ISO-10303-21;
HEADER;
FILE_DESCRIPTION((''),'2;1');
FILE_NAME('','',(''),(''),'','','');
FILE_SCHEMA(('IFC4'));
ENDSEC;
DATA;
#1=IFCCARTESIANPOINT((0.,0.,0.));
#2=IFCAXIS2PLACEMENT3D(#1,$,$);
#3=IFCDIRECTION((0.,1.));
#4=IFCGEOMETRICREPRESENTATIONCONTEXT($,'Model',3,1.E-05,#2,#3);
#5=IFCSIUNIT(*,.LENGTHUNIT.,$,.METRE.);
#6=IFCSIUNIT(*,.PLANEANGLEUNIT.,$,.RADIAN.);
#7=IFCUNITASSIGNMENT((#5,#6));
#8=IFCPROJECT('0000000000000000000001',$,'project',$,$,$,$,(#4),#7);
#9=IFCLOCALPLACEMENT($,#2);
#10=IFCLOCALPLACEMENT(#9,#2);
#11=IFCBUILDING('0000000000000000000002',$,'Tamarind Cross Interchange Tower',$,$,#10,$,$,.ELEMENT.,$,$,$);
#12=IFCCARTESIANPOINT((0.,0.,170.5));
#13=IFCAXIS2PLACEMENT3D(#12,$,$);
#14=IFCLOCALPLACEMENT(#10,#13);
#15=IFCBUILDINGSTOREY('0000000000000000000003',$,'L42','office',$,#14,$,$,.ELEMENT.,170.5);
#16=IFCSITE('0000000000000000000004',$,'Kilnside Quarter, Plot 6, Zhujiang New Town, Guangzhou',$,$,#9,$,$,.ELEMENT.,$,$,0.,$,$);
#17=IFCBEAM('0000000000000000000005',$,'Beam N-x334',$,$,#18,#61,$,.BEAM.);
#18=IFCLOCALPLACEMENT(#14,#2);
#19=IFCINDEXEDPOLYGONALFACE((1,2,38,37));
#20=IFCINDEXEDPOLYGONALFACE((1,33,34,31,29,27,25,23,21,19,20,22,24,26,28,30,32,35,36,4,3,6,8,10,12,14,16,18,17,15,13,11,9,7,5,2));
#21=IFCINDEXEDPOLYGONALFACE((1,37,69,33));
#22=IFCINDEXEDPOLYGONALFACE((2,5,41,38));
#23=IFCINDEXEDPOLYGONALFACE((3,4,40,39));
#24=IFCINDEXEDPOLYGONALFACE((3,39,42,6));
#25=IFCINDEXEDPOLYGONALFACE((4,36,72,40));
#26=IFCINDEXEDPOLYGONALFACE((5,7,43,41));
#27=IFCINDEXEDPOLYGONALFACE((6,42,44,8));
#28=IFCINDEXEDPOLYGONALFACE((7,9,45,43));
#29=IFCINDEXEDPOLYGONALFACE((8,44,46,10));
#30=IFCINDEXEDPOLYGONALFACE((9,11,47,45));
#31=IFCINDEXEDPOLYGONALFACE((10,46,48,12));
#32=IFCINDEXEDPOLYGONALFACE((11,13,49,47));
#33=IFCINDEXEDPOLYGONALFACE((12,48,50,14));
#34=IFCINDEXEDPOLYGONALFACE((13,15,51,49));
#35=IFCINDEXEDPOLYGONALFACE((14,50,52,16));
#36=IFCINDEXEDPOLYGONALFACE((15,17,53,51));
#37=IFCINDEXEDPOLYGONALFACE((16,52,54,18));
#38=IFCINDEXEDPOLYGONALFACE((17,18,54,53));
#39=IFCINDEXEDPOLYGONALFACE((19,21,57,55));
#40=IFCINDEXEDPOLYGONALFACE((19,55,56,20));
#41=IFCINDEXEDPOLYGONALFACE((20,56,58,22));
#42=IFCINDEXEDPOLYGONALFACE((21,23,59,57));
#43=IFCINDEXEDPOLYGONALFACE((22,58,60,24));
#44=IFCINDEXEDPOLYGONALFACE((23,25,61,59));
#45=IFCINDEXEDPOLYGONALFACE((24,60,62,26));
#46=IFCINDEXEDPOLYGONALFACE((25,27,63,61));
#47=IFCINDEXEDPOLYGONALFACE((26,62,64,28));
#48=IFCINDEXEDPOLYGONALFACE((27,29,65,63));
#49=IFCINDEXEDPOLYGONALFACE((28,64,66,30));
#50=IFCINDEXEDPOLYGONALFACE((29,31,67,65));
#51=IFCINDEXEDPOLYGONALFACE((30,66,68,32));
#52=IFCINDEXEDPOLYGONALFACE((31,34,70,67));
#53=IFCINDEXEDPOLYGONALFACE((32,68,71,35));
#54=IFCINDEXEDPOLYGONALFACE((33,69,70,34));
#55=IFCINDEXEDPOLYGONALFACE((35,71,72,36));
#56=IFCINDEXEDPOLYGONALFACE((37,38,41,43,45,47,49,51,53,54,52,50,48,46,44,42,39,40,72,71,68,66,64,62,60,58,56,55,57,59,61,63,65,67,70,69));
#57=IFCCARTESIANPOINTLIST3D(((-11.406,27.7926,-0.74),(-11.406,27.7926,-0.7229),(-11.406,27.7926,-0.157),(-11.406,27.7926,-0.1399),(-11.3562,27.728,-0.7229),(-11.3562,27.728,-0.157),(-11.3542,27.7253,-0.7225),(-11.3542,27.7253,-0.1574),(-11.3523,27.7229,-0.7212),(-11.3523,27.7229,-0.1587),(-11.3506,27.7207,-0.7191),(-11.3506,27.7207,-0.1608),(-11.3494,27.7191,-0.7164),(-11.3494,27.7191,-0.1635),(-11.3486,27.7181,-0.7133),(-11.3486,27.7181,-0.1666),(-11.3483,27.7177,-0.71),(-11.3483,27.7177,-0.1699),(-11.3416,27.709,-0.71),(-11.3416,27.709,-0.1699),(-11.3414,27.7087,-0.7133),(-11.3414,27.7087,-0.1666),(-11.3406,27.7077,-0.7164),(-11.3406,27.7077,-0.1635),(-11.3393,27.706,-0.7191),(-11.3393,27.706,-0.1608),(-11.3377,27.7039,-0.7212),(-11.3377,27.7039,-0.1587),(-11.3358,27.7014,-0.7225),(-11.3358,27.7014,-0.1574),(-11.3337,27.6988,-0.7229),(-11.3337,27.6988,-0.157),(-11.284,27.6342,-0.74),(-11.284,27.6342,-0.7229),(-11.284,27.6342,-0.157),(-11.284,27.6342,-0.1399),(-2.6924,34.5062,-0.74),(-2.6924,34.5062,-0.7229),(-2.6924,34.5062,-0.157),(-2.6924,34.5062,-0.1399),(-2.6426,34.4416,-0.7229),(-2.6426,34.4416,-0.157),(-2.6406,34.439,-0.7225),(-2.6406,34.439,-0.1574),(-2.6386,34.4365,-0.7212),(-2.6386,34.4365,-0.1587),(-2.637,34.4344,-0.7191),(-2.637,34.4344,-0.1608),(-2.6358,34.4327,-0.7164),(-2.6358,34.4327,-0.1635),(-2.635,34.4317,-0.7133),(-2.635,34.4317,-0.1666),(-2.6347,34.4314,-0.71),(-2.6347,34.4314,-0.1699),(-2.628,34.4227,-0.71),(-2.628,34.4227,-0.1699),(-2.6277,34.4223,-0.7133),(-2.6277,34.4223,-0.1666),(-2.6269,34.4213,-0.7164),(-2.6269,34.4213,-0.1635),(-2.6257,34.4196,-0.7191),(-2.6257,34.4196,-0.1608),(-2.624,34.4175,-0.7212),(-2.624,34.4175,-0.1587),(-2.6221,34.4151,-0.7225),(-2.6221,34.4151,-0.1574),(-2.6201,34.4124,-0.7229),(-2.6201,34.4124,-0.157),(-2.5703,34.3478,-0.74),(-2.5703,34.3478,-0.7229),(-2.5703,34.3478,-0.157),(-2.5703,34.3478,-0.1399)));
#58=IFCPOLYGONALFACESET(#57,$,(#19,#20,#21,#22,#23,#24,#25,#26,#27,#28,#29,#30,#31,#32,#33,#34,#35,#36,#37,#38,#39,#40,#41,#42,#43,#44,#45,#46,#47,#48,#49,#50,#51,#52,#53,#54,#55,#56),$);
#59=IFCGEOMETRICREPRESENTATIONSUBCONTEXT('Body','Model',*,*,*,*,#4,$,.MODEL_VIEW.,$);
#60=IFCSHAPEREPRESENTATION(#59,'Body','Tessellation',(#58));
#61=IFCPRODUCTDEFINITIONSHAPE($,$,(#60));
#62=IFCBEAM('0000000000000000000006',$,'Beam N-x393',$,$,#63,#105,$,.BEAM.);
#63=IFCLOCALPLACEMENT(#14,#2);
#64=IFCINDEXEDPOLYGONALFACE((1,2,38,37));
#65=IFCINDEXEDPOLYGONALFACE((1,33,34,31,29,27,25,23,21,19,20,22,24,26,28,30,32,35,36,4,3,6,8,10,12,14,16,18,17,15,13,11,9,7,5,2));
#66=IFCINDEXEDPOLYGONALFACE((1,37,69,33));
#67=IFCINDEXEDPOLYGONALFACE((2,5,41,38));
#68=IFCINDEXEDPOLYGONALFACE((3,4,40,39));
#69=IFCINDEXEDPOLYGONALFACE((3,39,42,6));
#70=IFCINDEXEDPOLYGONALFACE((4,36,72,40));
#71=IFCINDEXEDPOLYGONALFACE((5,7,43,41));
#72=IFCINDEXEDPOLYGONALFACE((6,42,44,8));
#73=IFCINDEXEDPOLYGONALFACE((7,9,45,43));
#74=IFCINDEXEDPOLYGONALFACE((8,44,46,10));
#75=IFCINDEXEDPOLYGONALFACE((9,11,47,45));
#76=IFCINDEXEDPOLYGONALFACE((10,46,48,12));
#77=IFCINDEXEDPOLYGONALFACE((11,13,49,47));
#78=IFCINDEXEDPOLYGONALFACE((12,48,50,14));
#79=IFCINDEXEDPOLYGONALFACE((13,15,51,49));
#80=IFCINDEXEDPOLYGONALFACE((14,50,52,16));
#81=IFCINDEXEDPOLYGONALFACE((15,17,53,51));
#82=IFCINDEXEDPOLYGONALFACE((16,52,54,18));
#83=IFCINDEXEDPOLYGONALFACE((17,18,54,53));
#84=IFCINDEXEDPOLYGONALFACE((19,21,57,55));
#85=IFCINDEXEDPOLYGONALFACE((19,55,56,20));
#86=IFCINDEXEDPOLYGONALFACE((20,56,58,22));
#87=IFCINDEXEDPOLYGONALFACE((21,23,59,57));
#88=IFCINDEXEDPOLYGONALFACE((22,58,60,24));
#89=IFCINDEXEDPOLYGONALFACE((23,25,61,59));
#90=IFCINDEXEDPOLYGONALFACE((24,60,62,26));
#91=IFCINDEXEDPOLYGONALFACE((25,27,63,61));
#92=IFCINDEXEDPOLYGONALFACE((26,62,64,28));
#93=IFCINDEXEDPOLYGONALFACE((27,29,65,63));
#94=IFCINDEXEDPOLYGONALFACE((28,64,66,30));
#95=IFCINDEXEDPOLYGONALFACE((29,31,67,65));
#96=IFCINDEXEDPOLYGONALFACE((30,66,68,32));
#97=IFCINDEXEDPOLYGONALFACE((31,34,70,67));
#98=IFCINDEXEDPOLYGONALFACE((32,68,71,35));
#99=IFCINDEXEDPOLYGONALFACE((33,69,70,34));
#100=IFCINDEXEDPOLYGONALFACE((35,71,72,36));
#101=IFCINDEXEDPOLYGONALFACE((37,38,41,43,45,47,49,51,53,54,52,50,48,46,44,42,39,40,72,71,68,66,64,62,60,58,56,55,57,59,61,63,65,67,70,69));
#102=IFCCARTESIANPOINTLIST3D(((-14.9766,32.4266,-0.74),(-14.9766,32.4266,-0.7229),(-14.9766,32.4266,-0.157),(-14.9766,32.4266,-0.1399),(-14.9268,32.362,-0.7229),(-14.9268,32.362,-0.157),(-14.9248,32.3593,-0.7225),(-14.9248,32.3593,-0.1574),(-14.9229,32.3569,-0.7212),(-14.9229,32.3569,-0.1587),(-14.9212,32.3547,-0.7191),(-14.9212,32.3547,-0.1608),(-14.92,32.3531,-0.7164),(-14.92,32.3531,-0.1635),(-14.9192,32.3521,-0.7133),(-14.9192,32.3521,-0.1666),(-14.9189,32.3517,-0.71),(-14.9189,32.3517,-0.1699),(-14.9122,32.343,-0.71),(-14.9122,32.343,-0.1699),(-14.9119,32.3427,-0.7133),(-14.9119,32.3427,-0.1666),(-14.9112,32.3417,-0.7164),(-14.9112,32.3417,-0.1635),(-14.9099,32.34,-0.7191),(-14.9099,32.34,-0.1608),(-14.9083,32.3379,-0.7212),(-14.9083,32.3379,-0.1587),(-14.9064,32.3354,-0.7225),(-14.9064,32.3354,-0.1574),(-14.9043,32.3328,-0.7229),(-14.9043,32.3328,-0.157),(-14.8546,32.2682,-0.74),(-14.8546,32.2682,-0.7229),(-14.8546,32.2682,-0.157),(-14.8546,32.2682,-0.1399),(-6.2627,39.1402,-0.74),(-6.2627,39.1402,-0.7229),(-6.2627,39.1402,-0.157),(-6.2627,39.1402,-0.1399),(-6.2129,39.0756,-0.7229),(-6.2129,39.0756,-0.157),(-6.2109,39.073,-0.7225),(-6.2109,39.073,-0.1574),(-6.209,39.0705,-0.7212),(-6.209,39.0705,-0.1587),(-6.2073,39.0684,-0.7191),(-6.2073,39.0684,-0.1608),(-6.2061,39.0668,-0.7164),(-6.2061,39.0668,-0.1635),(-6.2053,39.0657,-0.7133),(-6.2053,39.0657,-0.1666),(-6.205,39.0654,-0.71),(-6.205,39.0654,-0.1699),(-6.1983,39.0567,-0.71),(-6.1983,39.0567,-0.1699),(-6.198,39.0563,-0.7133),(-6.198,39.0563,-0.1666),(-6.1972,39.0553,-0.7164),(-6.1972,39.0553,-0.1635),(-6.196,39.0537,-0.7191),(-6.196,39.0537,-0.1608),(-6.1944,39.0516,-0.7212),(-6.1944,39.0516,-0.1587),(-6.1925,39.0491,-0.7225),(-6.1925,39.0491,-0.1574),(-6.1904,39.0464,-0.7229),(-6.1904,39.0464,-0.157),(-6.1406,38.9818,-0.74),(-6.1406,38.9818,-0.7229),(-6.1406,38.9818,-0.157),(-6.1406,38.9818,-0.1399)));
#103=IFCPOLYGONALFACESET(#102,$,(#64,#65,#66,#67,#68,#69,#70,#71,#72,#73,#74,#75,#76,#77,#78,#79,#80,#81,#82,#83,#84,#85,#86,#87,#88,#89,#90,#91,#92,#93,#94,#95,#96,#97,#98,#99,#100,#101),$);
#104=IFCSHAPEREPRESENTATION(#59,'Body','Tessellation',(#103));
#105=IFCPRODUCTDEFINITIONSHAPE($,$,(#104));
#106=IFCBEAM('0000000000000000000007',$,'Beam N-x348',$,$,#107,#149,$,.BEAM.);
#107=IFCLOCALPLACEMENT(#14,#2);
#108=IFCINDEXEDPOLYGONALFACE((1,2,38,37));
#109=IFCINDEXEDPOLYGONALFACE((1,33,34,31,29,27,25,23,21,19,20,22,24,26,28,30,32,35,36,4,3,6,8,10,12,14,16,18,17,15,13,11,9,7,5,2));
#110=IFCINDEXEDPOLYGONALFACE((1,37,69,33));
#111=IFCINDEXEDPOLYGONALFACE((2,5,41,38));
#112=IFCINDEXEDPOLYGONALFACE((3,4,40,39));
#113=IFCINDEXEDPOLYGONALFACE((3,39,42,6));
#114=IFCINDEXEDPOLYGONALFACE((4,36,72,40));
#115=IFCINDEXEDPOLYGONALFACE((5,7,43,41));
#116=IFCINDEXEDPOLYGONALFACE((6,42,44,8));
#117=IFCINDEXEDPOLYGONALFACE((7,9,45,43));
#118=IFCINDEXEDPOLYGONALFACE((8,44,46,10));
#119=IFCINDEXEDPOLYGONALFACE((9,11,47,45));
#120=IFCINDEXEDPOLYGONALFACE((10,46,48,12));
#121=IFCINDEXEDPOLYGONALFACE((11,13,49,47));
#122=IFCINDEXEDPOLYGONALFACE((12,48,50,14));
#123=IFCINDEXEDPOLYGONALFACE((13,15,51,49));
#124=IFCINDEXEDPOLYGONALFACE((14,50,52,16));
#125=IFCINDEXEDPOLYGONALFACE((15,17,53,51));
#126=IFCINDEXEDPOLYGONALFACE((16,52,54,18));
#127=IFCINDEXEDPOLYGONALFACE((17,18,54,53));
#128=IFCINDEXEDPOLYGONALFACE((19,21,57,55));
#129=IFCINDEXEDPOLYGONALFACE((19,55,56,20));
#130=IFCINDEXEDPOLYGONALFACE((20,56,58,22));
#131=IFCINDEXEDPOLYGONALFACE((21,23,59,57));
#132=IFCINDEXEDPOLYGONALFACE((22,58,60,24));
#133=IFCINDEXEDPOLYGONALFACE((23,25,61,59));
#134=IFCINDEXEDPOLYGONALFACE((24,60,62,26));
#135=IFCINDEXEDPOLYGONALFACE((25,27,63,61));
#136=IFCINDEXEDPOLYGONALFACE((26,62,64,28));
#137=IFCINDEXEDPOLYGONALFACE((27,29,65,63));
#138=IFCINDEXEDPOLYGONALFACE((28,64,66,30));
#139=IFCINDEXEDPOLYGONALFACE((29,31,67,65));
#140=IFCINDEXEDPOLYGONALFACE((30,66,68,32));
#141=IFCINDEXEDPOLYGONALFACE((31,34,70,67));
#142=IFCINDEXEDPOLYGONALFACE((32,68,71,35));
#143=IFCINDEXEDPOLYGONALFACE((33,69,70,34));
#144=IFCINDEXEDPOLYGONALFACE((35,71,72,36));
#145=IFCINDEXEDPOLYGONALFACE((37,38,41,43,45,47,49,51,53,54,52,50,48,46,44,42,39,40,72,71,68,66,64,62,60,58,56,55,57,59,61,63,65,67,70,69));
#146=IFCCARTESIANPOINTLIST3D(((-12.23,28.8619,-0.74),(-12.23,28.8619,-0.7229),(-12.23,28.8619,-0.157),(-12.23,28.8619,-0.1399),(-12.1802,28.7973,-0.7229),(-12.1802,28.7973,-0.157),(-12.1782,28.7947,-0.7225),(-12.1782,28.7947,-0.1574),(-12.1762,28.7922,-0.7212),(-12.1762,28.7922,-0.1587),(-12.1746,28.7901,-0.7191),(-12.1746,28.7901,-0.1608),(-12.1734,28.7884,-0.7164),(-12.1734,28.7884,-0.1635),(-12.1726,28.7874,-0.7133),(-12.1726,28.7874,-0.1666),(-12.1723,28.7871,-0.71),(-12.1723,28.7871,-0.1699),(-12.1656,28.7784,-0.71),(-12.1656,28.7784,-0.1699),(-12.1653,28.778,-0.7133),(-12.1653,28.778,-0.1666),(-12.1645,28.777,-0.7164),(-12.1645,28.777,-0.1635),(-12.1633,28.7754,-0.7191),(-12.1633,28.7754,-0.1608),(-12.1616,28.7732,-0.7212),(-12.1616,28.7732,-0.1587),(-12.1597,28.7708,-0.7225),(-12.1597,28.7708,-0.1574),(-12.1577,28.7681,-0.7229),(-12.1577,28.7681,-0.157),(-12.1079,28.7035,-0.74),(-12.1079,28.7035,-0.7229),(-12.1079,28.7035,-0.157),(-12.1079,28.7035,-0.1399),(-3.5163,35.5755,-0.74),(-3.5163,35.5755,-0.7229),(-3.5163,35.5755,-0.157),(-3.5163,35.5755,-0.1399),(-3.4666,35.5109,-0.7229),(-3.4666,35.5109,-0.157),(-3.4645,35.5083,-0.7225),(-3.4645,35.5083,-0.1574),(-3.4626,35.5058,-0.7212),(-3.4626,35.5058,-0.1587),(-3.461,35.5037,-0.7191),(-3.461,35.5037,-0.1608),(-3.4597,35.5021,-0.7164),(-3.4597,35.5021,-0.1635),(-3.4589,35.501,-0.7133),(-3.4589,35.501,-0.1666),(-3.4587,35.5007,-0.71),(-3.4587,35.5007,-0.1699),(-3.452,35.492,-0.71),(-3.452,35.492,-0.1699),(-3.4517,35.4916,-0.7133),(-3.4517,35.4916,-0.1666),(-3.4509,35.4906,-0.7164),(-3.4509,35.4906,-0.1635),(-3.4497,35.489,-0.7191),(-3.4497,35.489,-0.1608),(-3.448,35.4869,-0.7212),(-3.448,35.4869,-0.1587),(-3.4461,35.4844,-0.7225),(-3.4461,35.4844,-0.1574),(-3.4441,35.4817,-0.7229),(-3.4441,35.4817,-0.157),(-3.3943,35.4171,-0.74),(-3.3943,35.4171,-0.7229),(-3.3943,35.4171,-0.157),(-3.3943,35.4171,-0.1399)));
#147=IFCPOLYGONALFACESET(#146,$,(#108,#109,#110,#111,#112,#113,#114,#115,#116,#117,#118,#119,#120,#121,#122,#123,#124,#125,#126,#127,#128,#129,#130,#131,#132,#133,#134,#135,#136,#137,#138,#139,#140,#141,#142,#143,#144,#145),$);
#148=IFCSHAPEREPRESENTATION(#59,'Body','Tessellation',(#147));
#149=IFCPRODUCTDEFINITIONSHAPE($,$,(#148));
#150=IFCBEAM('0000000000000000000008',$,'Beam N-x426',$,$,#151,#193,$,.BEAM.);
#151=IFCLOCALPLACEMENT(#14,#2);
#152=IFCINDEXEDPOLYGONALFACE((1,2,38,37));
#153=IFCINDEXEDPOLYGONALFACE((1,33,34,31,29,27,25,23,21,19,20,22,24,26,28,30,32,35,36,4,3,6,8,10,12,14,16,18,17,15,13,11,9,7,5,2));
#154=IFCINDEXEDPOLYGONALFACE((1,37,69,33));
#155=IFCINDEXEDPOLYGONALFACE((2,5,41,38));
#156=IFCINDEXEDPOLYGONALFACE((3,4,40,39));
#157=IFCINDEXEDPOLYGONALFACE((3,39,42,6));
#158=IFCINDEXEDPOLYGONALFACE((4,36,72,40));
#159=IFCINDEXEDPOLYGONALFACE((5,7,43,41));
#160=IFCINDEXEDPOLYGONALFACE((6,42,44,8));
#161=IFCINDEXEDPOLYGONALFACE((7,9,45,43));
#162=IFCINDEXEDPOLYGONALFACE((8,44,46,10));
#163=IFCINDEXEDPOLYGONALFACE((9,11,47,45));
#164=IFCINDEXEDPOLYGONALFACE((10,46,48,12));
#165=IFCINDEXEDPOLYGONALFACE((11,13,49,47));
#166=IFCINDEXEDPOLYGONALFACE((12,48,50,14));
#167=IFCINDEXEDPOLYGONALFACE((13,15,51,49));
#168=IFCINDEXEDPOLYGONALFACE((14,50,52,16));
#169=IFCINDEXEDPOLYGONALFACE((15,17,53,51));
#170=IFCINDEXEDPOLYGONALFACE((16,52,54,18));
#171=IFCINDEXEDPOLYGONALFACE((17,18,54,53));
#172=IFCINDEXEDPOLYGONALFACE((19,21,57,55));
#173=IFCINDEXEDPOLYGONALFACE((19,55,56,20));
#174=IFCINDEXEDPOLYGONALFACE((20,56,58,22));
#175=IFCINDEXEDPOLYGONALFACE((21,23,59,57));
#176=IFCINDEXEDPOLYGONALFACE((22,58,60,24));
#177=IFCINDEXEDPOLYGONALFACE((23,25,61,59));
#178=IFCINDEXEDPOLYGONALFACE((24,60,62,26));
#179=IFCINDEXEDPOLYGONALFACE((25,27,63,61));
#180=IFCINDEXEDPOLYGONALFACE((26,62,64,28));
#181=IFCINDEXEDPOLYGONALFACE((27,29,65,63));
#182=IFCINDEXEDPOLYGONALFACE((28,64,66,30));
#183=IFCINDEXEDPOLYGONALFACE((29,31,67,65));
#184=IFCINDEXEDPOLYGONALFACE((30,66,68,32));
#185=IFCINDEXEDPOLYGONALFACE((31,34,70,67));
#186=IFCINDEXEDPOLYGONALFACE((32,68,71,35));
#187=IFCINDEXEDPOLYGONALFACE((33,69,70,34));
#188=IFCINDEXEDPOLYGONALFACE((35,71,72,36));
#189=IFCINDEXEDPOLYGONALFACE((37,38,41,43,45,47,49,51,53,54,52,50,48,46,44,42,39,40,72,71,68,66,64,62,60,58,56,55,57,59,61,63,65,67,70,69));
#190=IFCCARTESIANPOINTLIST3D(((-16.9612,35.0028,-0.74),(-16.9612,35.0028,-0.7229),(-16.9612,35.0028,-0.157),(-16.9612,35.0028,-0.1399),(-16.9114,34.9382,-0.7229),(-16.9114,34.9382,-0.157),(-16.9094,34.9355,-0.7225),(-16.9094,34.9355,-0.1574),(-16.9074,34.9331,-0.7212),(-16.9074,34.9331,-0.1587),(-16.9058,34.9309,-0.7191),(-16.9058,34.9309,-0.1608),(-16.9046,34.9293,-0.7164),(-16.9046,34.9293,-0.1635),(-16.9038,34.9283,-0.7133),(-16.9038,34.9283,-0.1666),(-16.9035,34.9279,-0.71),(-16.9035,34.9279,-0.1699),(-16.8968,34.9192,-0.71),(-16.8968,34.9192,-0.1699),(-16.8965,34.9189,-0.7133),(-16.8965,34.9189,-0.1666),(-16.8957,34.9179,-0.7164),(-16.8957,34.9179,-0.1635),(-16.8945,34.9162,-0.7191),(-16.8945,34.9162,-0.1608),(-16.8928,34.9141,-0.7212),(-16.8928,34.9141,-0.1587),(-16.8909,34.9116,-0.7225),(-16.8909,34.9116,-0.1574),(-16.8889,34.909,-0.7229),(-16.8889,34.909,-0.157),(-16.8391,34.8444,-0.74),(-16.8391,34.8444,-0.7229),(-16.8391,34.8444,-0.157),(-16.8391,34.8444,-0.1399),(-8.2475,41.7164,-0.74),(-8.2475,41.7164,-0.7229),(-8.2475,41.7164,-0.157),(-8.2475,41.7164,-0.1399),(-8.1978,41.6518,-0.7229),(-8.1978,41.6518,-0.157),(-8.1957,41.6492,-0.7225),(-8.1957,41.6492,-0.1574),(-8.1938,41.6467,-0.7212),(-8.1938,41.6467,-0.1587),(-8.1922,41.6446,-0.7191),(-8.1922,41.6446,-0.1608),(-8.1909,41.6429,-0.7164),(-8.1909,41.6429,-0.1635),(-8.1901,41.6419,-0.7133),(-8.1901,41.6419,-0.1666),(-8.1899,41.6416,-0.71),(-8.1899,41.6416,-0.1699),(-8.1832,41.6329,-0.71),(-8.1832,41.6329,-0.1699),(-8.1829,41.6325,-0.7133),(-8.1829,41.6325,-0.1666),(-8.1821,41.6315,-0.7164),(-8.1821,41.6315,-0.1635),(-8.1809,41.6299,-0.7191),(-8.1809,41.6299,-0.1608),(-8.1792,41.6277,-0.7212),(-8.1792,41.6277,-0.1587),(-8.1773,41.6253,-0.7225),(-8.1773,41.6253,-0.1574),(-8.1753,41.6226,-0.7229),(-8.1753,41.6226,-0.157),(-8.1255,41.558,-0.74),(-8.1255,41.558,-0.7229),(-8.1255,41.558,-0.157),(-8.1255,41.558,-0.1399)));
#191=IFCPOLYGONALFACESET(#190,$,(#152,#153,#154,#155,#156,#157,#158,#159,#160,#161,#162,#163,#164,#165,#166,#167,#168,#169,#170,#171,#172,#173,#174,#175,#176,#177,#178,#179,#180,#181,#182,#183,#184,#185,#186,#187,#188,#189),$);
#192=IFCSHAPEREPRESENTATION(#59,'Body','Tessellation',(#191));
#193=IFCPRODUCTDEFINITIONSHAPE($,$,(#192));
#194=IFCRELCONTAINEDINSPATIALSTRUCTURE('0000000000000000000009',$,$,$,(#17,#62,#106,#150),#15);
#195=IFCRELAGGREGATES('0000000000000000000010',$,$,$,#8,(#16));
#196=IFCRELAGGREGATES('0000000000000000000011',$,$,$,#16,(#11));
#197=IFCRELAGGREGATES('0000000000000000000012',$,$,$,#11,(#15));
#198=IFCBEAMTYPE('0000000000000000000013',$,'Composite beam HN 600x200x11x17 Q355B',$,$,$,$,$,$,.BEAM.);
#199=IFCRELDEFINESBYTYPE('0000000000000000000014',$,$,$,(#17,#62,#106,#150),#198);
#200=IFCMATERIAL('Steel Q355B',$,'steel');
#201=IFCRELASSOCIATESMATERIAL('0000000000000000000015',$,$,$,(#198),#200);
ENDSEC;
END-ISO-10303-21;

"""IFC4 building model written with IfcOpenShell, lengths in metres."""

from ifc_helpers import new_model, si_unit, direction, frame, origin, origin_2d, place, context, subcontext, project, spatial, i_section, extrude, material, material_profile, profile_set, type_object, element, save


model = new_model("IFC4")

# Units and contexts
model_context = context("Model", 3, precision=1e-05, world=origin(), true_north=direction((0.0, 1.0)))
body_context = subcontext(model_context, "Body", "Model", "MODEL_VIEW")
ifc_project = project(units=[si_unit("LENGTHUNIT", "METRE"), si_unit("PLANEANGLEUNIT", "RADIAN")], contexts=[model_context])

# Site, building, storey
site_placement = place(None, origin())
site = spatial("IfcSite", under=ifc_project, at=site_placement, Name="Kilnside Quarter, Plot 6, Zhujiang New Town, Guangzhou", CompositionType="ELEMENT", RefElevation=0.0)
building_placement = place(site_placement, origin())
building = spatial("IfcBuilding", under=site, at=building_placement, Name="Tamarind Cross Interchange Tower", CompositionType="ELEMENT")
storey_placement = place(building_placement, frame((0.0, 0.0, 170.5)))
storey = spatial("IfcBuildingStorey", under=building, at=storey_placement, Name="L42", Description="office", CompositionType="ELEMENT", Elevation=170.5)

# Beams
ifc_material_1 = material(Name="Steel Q355B", Category="steel")
ifc_material_profile_1 = material_profile(ifc_material_1, i_section(OverallWidth=0.2, OverallDepth=0.6001, WebThickness=0.011, FlangeThickness=0.0171, FilletRadius=0.0129, at=origin_2d()), Name="HN 600x200x11x17")
ifc_profile_set_1 = profile_set([ifc_material_profile_1], Name="Steel Q355B")
beam_type_1 = type_object("IfcBeamType", Name="Composite beam HN 600x200x11x17 Q355B", PredefinedType="BEAM", material=ifc_profile_set_1)
beam_1_placement = place(storey_placement, frame((-2.6313, 34.427, -0.4399), z_axis=(-0.792148, -0.610329, 0.0), x_axis=(0.610329, -0.792148, 0.0)))
element("IfcBeam", 1, at=beam_1_placement, inside=storey, type_object=beam_type_1, Name="Beam N-x334", PredefinedType="BEAM", context=body_context, shape_type="SweptSolid", body=[
    extrude(i_section(OverallWidth=0.2, OverallDepth=0.6001, WebThickness=0.011, FlangeThickness=0.0171, FilletRadius=0.0129, at=origin_2d()), origin(), (0.0, 0.0, 1.0), 11.0),
])
beam_2_placement = place(storey_placement, frame((-6.2017, 39.061, -0.4399), z_axis=(-0.792156, -0.610319, 0.0), x_axis=(0.610319, -0.792156, 0.0)))
element("IfcBeam", 2, at=beam_2_placement, inside=storey, type_object=beam_type_1, Name="Beam N-x393", PredefinedType="BEAM", context=body_context, shape_type="SweptSolid", body=[
    extrude(i_section(OverallWidth=0.2, OverallDepth=0.6001, WebThickness=0.011, FlangeThickness=0.0171, FilletRadius=0.0129, at=origin_2d()), origin(), (0.0, 0.0, 1.0), 11.0002),
])
for number, where, z_axis, x_axis, name in (
    (3, (-3.4553, 35.4963, -0.4399), (-0.792148, -0.610329, 0.0), (0.610329, -0.792148, 0.0), "Beam N-x348"),
    (4, (-8.1865, 41.6372, -0.4399), (-0.792148, -0.610329, 0.0), (0.610329, -0.792148, 0.0), "Beam N-x426"),
):
    element("IfcBeam", number, at=place(storey_placement, frame(where, z_axis=z_axis, x_axis=x_axis)), inside=storey, type_object=beam_type_1, Name=name, PredefinedType="BEAM", context=body_context, shape_type="SweptSolid", body=[
        extrude(i_section(OverallWidth=0.2, OverallDepth=0.6001, WebThickness=0.011, FlangeThickness=0.0171, FilletRadius=0.0129, at=origin_2d()), origin(), (0.0, 0.0, 1.0), 11.0),
    ])

save(model, "model.ifc")
